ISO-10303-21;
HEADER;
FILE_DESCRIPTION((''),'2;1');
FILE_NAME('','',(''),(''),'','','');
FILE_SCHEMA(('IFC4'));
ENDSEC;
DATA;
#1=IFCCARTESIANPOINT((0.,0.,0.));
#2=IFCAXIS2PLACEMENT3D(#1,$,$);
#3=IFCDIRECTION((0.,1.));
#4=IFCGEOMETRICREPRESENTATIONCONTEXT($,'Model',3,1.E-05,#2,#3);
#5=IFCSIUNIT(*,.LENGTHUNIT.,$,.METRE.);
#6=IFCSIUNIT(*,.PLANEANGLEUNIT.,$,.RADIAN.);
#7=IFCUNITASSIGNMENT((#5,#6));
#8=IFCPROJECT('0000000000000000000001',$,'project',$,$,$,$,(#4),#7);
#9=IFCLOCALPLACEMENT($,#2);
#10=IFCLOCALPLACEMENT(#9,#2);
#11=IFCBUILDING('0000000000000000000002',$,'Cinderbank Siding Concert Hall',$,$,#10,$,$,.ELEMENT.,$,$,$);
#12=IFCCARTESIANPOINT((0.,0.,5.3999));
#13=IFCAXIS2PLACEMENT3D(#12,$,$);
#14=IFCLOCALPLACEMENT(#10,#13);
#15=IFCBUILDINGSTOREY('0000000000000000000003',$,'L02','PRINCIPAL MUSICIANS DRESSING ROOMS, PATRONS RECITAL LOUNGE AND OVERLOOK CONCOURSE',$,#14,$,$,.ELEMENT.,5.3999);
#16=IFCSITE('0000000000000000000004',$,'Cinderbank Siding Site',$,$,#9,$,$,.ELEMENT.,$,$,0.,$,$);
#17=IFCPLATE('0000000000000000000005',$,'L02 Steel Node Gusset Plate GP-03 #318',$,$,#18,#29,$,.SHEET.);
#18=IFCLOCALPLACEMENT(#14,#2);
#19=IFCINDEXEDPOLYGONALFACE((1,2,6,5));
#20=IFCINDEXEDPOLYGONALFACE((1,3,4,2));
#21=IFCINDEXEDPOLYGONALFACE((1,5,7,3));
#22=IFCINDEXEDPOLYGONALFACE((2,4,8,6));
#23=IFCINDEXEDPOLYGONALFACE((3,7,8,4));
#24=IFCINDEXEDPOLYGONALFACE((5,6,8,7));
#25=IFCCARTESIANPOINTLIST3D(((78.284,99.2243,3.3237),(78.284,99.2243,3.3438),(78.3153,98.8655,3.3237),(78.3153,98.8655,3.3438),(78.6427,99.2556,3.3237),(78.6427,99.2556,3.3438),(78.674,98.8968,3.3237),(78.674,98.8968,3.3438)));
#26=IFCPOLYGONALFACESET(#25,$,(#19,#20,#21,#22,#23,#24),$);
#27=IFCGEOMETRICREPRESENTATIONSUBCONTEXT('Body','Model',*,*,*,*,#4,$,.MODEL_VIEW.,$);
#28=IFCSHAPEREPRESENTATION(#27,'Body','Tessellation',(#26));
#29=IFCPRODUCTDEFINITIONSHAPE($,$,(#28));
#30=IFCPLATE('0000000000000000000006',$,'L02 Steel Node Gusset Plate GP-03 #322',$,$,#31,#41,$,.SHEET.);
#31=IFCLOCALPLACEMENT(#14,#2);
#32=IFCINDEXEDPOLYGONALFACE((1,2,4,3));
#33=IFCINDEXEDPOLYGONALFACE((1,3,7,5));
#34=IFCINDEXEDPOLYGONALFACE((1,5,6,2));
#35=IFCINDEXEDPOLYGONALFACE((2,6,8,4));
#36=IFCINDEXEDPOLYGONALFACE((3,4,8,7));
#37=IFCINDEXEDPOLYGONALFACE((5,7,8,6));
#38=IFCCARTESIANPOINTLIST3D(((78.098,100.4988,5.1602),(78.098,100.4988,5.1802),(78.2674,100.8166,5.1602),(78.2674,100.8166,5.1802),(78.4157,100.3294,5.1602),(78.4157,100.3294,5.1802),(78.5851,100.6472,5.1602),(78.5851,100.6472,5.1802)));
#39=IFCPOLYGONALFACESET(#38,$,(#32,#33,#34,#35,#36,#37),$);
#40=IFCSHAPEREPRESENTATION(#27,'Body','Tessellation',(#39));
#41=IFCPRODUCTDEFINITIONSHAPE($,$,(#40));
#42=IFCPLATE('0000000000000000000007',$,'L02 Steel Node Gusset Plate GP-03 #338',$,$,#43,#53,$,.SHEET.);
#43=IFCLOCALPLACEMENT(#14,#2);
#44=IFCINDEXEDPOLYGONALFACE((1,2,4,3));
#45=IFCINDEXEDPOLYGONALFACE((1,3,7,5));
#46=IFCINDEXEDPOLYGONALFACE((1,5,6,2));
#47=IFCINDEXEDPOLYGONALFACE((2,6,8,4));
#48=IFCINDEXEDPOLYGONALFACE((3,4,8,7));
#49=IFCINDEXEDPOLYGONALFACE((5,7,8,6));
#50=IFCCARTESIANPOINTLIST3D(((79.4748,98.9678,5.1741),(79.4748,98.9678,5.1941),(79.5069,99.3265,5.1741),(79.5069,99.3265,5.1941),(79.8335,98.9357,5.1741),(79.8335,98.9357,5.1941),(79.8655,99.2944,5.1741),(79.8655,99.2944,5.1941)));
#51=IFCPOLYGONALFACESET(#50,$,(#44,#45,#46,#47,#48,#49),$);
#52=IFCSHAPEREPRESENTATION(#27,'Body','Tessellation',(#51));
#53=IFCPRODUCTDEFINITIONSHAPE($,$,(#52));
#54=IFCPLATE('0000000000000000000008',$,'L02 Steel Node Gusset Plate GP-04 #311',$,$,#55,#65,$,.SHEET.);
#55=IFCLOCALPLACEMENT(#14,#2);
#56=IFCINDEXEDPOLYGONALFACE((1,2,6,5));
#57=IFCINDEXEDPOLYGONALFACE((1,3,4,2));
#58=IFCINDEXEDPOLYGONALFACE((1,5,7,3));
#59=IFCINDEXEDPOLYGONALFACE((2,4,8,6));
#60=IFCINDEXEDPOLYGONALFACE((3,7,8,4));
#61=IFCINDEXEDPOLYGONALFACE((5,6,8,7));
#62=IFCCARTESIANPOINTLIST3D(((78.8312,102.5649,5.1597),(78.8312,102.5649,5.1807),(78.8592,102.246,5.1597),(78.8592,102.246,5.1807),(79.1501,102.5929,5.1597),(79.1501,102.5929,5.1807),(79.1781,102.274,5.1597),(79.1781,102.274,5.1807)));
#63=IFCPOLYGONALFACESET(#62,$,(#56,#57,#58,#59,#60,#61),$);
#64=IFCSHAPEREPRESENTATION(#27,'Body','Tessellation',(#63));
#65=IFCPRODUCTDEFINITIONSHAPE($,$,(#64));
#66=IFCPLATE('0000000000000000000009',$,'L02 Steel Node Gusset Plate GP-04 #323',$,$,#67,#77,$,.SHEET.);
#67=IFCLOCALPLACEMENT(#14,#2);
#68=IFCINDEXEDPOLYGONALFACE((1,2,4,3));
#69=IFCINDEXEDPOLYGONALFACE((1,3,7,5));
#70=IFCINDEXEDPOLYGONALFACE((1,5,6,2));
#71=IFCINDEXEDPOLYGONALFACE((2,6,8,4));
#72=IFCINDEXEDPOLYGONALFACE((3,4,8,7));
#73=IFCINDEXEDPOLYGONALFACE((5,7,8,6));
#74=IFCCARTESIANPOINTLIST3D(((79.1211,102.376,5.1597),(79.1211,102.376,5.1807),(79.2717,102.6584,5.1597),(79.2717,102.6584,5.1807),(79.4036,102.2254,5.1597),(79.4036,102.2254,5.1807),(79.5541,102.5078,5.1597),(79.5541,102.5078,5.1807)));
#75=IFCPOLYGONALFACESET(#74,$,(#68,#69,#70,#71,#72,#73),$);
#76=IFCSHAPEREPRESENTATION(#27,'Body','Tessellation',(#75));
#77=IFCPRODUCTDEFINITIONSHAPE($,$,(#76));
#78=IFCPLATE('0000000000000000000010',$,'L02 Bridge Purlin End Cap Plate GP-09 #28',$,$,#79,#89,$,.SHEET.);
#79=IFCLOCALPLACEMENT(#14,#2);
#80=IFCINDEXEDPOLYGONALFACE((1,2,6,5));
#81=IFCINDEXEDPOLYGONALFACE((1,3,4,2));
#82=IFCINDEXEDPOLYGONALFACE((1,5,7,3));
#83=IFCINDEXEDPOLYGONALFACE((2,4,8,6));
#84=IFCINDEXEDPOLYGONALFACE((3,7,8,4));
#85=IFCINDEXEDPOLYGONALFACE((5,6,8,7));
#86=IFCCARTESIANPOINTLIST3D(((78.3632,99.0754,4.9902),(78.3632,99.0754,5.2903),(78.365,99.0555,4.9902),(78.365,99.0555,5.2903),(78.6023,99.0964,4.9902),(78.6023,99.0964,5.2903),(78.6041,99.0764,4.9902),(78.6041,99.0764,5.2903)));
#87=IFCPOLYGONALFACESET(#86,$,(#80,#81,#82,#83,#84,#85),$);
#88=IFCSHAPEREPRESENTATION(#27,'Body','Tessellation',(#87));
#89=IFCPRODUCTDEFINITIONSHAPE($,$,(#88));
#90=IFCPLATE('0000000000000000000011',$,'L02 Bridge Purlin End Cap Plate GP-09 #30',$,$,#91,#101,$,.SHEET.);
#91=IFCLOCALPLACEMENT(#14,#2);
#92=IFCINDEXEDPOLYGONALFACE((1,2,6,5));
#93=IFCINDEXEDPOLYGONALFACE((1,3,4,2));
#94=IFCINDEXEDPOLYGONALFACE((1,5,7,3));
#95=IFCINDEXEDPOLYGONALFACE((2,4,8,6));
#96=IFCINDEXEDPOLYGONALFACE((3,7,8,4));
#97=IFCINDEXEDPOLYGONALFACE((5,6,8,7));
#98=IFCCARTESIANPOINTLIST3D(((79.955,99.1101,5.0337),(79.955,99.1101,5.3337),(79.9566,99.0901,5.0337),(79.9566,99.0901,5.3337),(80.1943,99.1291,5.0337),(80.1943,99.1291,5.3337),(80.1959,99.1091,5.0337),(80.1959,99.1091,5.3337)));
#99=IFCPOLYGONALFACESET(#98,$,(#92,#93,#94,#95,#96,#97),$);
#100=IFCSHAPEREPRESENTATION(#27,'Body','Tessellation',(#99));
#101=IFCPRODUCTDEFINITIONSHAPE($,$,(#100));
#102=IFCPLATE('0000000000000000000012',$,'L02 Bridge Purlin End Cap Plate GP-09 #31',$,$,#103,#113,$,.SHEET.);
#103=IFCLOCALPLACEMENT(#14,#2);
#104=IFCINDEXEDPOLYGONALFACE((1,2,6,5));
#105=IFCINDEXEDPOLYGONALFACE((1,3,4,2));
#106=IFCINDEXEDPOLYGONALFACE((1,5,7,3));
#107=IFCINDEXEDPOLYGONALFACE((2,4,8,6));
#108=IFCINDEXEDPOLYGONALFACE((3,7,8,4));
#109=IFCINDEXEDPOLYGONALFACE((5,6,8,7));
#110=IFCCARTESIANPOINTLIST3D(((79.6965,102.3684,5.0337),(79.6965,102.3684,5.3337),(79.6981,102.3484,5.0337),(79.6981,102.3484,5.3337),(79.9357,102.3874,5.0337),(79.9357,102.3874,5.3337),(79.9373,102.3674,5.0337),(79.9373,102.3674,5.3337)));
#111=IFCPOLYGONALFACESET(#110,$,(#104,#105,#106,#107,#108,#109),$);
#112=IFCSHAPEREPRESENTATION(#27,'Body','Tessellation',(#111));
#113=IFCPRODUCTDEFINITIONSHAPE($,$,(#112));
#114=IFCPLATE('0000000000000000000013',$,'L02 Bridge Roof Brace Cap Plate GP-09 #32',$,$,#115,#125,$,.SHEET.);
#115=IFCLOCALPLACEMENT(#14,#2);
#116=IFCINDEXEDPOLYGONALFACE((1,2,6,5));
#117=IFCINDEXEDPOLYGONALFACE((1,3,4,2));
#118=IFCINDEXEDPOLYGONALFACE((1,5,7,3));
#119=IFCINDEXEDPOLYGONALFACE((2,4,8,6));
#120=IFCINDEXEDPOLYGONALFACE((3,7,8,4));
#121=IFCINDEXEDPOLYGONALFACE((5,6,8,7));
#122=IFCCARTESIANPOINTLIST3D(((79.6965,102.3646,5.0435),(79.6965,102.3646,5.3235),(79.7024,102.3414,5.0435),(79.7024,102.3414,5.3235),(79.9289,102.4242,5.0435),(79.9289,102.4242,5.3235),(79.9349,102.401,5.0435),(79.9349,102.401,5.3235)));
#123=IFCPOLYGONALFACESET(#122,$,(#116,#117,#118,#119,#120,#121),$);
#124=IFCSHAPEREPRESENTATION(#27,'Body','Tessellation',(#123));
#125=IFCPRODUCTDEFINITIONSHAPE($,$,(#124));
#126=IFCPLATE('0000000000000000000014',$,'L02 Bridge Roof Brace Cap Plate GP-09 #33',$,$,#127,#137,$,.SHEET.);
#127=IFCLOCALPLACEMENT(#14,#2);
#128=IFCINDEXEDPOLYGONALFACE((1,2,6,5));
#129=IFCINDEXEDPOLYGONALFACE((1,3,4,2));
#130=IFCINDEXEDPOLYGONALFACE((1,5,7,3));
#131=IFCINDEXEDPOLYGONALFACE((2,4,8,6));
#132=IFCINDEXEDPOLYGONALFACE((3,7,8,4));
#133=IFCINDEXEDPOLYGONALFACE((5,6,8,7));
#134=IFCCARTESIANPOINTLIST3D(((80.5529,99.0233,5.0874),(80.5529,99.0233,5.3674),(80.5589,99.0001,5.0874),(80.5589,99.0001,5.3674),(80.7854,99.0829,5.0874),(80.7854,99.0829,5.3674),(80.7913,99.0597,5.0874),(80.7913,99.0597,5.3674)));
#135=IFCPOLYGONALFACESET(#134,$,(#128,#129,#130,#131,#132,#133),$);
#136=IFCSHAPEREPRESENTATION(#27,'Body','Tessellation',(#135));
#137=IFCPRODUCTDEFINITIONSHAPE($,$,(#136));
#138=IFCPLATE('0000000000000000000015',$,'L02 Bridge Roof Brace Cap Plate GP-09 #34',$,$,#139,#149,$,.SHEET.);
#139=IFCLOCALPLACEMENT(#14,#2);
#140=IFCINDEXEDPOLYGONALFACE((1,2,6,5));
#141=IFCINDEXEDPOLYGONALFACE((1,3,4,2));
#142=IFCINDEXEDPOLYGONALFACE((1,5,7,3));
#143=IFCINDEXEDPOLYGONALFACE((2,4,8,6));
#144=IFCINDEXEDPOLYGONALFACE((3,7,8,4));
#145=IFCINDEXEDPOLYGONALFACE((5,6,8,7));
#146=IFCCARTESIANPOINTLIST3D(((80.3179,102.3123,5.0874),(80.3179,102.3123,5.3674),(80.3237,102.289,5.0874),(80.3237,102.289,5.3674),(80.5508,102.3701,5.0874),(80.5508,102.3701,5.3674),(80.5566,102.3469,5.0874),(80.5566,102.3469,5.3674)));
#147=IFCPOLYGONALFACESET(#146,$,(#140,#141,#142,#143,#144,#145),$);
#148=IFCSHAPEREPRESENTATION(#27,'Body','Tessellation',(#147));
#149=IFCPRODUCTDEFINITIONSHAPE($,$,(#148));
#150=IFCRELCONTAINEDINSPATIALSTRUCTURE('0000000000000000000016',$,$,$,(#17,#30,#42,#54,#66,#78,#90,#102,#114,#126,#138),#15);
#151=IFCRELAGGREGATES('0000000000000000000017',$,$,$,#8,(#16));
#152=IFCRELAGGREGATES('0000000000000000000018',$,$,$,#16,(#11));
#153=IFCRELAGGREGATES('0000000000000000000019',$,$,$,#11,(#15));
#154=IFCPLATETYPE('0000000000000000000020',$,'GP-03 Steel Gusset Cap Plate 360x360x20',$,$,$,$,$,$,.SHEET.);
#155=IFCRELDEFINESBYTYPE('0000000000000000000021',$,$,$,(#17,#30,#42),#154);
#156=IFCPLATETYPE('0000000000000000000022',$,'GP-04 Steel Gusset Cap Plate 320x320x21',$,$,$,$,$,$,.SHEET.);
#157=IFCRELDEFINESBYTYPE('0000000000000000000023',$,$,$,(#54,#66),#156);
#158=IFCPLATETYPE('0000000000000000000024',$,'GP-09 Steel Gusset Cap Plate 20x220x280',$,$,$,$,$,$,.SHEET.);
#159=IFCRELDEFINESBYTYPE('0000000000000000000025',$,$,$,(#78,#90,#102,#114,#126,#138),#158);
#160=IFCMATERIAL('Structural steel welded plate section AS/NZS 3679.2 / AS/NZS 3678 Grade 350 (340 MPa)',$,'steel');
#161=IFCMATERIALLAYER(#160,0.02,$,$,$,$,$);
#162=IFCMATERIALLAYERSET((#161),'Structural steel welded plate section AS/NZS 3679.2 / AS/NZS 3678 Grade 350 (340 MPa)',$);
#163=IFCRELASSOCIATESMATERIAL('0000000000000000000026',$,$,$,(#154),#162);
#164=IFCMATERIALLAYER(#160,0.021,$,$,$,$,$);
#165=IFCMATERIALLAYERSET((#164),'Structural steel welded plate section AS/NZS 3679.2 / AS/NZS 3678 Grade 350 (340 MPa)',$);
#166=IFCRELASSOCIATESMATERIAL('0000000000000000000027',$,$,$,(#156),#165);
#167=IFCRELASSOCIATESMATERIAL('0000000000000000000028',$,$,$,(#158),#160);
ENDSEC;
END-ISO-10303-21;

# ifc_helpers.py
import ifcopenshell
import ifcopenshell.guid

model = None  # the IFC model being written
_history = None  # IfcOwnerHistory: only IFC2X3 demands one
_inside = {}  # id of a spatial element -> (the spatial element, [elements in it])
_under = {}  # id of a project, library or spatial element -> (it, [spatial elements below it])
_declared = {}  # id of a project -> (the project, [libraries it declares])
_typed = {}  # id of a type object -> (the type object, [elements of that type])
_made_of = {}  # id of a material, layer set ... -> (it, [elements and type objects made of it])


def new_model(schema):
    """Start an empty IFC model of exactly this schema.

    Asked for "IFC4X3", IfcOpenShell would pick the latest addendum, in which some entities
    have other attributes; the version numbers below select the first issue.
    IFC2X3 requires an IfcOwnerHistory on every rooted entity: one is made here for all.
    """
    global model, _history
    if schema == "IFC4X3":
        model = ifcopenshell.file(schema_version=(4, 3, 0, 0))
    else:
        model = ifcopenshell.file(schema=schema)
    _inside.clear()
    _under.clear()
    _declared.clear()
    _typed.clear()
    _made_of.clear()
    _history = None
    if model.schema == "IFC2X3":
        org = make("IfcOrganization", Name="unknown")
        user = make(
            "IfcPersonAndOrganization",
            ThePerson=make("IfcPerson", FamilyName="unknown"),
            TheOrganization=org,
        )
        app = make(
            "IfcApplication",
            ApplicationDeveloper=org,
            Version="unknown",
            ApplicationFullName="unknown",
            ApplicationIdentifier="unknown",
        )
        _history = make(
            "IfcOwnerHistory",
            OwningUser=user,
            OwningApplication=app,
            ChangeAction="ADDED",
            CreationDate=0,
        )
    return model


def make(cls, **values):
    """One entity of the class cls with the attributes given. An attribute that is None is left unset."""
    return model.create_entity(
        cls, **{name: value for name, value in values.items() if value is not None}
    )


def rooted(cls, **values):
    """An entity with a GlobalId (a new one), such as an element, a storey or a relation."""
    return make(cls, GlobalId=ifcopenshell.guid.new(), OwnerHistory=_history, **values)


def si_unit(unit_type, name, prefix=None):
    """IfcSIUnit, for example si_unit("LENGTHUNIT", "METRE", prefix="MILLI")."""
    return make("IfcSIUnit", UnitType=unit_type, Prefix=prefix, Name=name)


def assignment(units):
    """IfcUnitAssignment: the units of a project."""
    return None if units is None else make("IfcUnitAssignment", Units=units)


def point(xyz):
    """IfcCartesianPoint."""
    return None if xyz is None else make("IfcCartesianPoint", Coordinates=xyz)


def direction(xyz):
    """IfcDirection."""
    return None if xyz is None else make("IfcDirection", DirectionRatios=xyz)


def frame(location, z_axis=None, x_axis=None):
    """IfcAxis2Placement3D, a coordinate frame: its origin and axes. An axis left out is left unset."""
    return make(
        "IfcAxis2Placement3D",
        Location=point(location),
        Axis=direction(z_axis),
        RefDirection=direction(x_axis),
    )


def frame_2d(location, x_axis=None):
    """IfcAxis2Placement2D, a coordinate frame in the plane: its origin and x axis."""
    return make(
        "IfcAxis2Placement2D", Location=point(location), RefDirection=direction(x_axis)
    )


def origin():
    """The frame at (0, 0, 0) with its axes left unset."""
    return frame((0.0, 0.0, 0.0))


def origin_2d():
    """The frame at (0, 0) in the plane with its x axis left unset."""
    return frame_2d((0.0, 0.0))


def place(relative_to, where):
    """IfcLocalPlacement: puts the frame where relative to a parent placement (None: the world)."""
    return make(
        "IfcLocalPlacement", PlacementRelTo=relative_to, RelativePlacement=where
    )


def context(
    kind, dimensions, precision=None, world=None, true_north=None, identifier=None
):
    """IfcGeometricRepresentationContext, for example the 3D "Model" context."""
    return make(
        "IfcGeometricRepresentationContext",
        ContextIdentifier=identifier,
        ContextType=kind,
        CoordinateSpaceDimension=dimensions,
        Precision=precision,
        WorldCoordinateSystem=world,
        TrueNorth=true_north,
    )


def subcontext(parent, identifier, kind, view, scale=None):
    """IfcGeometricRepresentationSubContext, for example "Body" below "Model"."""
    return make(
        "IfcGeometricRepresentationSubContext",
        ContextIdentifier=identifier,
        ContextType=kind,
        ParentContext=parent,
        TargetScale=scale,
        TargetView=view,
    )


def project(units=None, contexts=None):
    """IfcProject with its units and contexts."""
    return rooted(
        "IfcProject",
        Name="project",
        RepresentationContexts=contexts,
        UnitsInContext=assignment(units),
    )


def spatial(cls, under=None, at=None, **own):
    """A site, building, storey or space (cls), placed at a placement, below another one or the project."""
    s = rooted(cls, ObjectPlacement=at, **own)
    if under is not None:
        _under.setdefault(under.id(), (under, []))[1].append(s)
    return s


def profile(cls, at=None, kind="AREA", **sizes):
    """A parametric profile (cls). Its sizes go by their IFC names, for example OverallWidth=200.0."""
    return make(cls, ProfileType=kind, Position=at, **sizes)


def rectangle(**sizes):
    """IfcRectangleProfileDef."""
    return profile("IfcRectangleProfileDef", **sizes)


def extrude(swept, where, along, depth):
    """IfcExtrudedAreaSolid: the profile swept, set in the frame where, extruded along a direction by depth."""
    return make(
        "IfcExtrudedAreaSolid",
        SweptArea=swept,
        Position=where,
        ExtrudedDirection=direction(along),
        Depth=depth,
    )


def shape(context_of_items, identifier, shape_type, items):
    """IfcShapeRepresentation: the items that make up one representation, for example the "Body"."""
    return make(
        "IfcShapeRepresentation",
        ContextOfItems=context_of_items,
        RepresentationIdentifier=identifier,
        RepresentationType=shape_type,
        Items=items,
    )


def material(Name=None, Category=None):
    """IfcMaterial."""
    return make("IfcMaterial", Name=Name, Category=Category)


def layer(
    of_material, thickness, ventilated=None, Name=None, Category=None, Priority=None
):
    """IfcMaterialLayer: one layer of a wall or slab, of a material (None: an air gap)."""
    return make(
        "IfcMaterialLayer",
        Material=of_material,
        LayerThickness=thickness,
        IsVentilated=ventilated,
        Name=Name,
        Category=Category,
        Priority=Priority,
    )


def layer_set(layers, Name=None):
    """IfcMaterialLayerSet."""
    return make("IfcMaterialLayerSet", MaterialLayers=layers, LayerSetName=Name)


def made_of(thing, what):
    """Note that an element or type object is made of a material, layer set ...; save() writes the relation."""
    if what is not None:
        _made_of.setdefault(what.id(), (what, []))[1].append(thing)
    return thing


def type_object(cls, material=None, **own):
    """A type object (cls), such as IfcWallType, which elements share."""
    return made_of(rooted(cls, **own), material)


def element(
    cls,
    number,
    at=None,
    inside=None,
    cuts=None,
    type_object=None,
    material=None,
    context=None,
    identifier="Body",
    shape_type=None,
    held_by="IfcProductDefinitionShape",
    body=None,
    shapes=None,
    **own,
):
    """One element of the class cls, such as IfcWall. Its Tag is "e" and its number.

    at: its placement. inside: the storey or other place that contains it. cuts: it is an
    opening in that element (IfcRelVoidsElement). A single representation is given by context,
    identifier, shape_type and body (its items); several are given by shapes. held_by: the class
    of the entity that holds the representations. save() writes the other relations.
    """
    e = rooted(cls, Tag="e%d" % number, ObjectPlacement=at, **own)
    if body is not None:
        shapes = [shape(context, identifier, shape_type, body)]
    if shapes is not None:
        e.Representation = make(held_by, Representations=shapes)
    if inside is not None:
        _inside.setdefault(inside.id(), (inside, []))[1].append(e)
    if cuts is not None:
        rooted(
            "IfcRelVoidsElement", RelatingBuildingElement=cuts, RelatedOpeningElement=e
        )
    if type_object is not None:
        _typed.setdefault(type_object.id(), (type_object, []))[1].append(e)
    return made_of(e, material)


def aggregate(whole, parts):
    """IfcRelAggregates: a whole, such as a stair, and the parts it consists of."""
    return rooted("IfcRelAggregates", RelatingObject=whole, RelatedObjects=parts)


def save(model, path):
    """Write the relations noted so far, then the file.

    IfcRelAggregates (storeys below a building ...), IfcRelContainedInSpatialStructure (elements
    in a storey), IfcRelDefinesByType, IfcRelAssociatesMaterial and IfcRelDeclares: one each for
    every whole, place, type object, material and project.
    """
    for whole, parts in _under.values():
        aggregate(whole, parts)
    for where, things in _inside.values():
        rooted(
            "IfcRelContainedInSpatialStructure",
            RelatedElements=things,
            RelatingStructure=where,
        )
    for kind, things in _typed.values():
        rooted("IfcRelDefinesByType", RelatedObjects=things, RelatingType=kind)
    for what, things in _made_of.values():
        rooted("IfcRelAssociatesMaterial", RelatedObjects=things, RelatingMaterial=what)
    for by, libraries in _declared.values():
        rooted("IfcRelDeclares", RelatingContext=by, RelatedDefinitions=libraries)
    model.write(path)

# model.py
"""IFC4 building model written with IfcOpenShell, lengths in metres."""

from ifc_helpers import new_model, si_unit, direction, frame, origin, origin_2d, place, context, subcontext, project, spatial, rectangle, extrude, material, layer, layer_set, type_object, element, save


model = new_model("IFC4")

# Units and contexts
model_context = context("Model", 3, precision=1e-05, world=origin(), true_north=direction((0.0, 1.0)))
body_context = subcontext(model_context, "Body", "Model", "MODEL_VIEW")
ifc_project = project(units=[si_unit("LENGTHUNIT", "METRE"), si_unit("PLANEANGLEUNIT", "RADIAN")], contexts=[model_context])

# Site, building, storey
site_placement = place(None, origin())
site = spatial("IfcSite", under=ifc_project, at=site_placement, Name="Cinderbank Siding Site", CompositionType="ELEMENT", RefElevation=0.0)
building_placement = place(site_placement, origin())
building = spatial("IfcBuilding", under=site, at=building_placement, Name="Cinderbank Siding Concert Hall", CompositionType="ELEMENT")
storey_placement = place(building_placement, frame((0.0, 0.0, 5.3999)))
storey = spatial("IfcBuildingStorey", under=building, at=storey_placement, Name="L02", Description="PRINCIPAL MUSICIANS DRESSING ROOMS, PATRONS RECITAL LOUNGE AND OVERLOOK CONCOURSE", CompositionType="ELEMENT", Elevation=5.3999)

# Plates
ifc_material_1 = material(Name="Structural steel welded plate section AS/NZS 3679.2 / AS/NZS 3678 Grade 350 (340 MPa)", Category="steel")
ifc_layer_1 = layer(ifc_material_1, 0.02)
ifc_layer_set_1 = layer_set([ifc_layer_1], Name="Structural steel welded plate section AS/NZS 3679.2 / AS/NZS 3678 Grade 350 (340 MPa)")
plate_type_1 = type_object("IfcPlateType", Name="GP-03 Steel Gusset Cap Plate 360x360x20", PredefinedType="SHEET", material=ifc_layer_set_1)
for number, where, z_axis, x_axis, name in (
    (1, (78.479, 99.0605, 3.3237), (0.0, 0.0, 1.0), (0.99621, 0.086982, 0.0), "L02 Steel Node Gusset Plate GP-03 #318"),
    (2, (78.3416, 100.573, 5.1602), (0.0, 0.0, 1.0), (0.470396, 0.882455, 0.0), "L02 Steel Node Gusset Plate GP-03 #322"),
    (3, (79.6702, 99.1311, 5.1741), (0.0, 0.0, 1.0), (0.996026, -0.089068, 0.0), "L02 Steel Node Gusset Plate GP-03 #338"),
):
    element("IfcPlate", number, at=place(storey_placement, frame(where, z_axis=z_axis, x_axis=x_axis)), inside=storey, type_object=plate_type_1, Name=name, PredefinedType="SHEET", context=body_context, shape_type="SweptSolid", body=[
        extrude(rectangle(XDim=0.3601, YDim=0.3601, at=origin_2d()), origin(), (0.0, 0.0, 1.0), 0.02),
    ])
ifc_layer_2 = layer(ifc_material_1, 0.021)
ifc_layer_set_2 = layer_set([ifc_layer_2], Name="Structural steel welded plate section AS/NZS 3679.2 / AS/NZS 3678 Grade 350 (340 MPa)")
plate_type_2 = type_object("IfcPlateType", Name="GP-04 Steel Gusset Cap Plate 320x320x21", PredefinedType="SHEET", material=ifc_layer_set_2)
for number, where, z_axis, x_axis, name in (
    (4, (79.0046, 102.4194, 5.1597), (0.0, 0.0, 1.0), (0.996164, 0.087503, 0.0), "L02 Steel Node Gusset Plate GP-04 #311"),
    (5, (79.3376, 102.4419, 5.1597), (0.0, 0.0, 1.0), (0.470396, 0.882455, 0.0), "L02 Steel Node Gusset Plate GP-04 #323"),
):
    element("IfcPlate", number, at=place(storey_placement, frame(where, z_axis=z_axis, x_axis=x_axis)), inside=storey, type_object=plate_type_2, Name=name, PredefinedType="SHEET", context=body_context, shape_type="SweptSolid", body=[
        extrude(rectangle(XDim=0.3201, YDim=0.3201, at=origin_2d()), origin(), (0.0, 0.0, 1.0), 0.021),
    ])
plate_type_3 = type_object("IfcPlateType", Name="GP-09 Steel Gusset Cap Plate 20x220x280", PredefinedType="SHEET", material=ifc_material_1)
for number, where, z_axis, x_axis, name in (
    (6, (78.4836, 99.0759, 4.9902), (0.0, 0.0, 1.0), (-0.087156, 0.996195, 0.0), "L02 Bridge Purlin End Cap Plate GP-09 #28"),
    (7, (80.0754, 99.1096, 5.0337), (0.0, 0.0, 1.0), (-0.079155, 0.996862, 0.0), "L02 Bridge Purlin End Cap Plate GP-09 #30"),
    (8, (79.8169, 102.3679, 5.0337), (0.0, 0.0, 1.0), (-0.079155, 0.996862, 0.0), "L02 Bridge Purlin End Cap Plate GP-09 #31"),
):
    element("IfcPlate", number, at=place(storey_placement, frame(where, z_axis=z_axis, x_axis=x_axis)), inside=storey, type_object=plate_type_3, Name=name, PredefinedType="SHEET", context=body_context, shape_type="SweptSolid", body=[
        extrude(rectangle(XDim=0.02, YDim=0.24, at=origin_2d()), origin(), (0.0, 0.0, 1.0), 0.3),
    ])
for number, where, z_axis, x_axis, name in (
    (9, (79.8157, 102.3828, 5.0435), (0.0, 0.0, 1.0), (0.248352, -0.96867, 0.0), "L02 Bridge Roof Brace Cap Plate GP-09 #32"),
    (10, (80.6721, 99.0415, 5.0874), (0.0, 0.0, 1.0), (0.248352, -0.96867, 0.0), "L02 Bridge Roof Brace Cap Plate GP-09 #33"),
    (11, (80.4373, 102.3296, 5.0874), (0.0, 0.0, 1.0), (0.241244, -0.970464, 0.0), "L02 Bridge Roof Brace Cap Plate GP-09 #34"),
):
    element("IfcPlate", number, at=place(storey_placement, frame(where, z_axis=z_axis, x_axis=x_axis)), inside=storey, type_object=plate_type_3, Name=name, PredefinedType="SHEET", context=body_context, shape_type="SweptSolid", body=[
        extrude(rectangle(XDim=0.0239, YDim=0.24, at=origin_2d()), origin(), (0.0, 0.0, 1.0), 0.28),
    ])

save(model, "model.ifc")
